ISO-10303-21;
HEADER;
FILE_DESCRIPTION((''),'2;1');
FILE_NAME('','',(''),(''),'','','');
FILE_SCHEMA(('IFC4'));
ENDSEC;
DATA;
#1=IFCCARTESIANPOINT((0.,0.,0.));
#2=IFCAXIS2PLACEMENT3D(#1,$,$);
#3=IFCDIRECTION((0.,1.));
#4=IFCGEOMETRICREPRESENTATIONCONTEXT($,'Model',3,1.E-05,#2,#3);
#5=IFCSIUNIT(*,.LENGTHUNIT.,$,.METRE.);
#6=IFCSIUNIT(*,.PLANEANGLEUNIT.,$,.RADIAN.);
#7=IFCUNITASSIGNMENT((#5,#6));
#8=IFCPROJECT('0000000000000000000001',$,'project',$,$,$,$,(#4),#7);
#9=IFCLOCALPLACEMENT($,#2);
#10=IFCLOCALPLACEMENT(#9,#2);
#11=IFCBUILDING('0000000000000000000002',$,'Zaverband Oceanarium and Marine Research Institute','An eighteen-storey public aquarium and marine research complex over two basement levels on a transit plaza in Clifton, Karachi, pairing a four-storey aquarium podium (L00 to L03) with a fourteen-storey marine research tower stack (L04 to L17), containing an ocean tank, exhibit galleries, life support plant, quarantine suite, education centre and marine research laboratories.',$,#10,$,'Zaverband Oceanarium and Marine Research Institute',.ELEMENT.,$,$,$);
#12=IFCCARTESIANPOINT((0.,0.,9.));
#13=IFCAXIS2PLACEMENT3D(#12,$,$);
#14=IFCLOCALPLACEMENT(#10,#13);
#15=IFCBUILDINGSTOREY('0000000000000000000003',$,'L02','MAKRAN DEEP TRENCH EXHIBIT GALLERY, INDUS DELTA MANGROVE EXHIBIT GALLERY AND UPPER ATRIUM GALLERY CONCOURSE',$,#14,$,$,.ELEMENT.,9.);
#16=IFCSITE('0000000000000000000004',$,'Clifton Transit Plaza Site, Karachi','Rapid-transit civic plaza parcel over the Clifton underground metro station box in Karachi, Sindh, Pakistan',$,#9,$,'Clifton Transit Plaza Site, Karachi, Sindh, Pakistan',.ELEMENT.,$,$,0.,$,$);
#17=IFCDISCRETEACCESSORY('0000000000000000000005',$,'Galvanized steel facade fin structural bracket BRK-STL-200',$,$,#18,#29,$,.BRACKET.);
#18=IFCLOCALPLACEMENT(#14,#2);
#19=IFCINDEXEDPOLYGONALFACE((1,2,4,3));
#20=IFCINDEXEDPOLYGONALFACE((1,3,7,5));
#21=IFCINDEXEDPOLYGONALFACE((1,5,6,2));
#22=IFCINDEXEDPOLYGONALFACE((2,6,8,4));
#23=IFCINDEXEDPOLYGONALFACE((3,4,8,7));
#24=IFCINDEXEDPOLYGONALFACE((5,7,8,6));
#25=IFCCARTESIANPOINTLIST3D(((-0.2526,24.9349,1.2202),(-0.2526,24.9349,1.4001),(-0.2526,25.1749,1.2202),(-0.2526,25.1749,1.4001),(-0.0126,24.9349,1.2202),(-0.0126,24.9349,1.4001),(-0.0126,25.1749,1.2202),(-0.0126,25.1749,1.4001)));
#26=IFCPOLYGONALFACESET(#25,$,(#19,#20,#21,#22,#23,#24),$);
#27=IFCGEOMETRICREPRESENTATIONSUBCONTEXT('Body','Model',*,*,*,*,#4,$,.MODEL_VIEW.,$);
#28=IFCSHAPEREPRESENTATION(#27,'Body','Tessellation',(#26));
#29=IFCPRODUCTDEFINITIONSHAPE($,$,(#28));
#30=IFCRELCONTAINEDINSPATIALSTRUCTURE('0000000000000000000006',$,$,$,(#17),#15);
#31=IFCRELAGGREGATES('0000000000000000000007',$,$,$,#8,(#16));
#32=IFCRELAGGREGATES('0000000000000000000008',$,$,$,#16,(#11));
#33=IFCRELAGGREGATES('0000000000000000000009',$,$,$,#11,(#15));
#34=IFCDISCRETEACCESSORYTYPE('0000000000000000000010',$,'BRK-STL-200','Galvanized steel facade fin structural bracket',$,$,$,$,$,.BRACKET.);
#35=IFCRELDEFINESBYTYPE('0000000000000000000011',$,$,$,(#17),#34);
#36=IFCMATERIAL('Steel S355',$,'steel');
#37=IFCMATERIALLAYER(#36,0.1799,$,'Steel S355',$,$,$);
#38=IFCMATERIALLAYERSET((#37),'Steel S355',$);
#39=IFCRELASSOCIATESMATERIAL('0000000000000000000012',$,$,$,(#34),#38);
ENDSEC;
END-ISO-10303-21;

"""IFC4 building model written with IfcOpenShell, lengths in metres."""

from ifc_helpers import new_model, si_unit, direction, frame, origin, origin_2d, place, context, subcontext, project, spatial, rectangle, extrude, material, layer, layer_set, type_object, element, save


model = new_model("IFC4")

# Units and contexts
model_context = context("Model", 3, precision=1e-05, world=origin(), true_north=direction((0.0, 1.0)))
body_context = subcontext(model_context, "Body", "Model", "MODEL_VIEW")
ifc_project = project(units=[si_unit("LENGTHUNIT", "METRE"), si_unit("PLANEANGLEUNIT", "RADIAN")], contexts=[model_context])

# Site, building, storey
site_placement = place(None, origin())
site = spatial("IfcSite", under=ifc_project, at=site_placement, Name="Clifton Transit Plaza Site, Karachi", Description="Rapid-transit civic plaza parcel over the Clifton underground metro station box in Karachi, Sindh, Pakistan", LongName="Clifton Transit Plaza Site, Karachi, Sindh, Pakistan", CompositionType="ELEMENT", RefElevation=0.0)
building_placement = place(site_placement, origin())
building = spatial("IfcBuilding", under=site, at=building_placement, Name="Zaverband Oceanarium and Marine Research Institute", Description="An eighteen-storey public aquarium and marine research complex over two basement levels on a transit plaza in Clifton, Karachi, pairing a four-storey aquarium podium (L00 to L03) with a fourteen-storey marine research tower stack (L04 to L17), containing an ocean tank, exhibit galleries, life support plant, quarantine suite, education centre and marine research laboratories.", LongName="Zaverband Oceanarium and Marine Research Institute", CompositionType="ELEMENT")
storey_placement = place(building_placement, frame((0.0, 0.0, 9.0)))
storey = spatial("IfcBuildingStorey", under=building, at=storey_placement, Name="L02", Description="MAKRAN DEEP TRENCH EXHIBIT GALLERY, INDUS DELTA MANGROVE EXHIBIT GALLERY AND UPPER ATRIUM GALLERY CONCOURSE", CompositionType="ELEMENT", Elevation=9.0)

# Discrete accessory
ifc_material_1 = material(Name="Steel S355", Category="steel")
ifc_layer_1 = layer(ifc_material_1, 0.1799, Name="Steel S355")
ifc_layer_set_1 = layer_set([ifc_layer_1], Name="Steel S355")
discrete_accessory_type = type_object("IfcDiscreteAccessoryType", Name="BRK-STL-200", Description="Galvanized steel facade fin structural bracket", PredefinedType="BRACKET", material=ifc_layer_set_1)
discrete_accessory_placement = place(storey_placement, frame((-0.1326, 25.0549, 1.2202), z_axis=(0.0, 0.0, 1.0), x_axis=(1.0, 0.0, 0.0)))
element("IfcDiscreteAccessory", 1, at=discrete_accessory_placement, inside=storey, type_object=discrete_accessory_type, Name="Galvanized steel facade fin structural bracket BRK-STL-200", PredefinedType="BRACKET", context=body_context, shape_type="SweptSolid", body=[
    extrude(rectangle(XDim=0.24, YDim=0.24, at=origin_2d()), origin(), (0.0, 0.0, 1.0), 0.1799),
])

save(model, "model.ifc")
